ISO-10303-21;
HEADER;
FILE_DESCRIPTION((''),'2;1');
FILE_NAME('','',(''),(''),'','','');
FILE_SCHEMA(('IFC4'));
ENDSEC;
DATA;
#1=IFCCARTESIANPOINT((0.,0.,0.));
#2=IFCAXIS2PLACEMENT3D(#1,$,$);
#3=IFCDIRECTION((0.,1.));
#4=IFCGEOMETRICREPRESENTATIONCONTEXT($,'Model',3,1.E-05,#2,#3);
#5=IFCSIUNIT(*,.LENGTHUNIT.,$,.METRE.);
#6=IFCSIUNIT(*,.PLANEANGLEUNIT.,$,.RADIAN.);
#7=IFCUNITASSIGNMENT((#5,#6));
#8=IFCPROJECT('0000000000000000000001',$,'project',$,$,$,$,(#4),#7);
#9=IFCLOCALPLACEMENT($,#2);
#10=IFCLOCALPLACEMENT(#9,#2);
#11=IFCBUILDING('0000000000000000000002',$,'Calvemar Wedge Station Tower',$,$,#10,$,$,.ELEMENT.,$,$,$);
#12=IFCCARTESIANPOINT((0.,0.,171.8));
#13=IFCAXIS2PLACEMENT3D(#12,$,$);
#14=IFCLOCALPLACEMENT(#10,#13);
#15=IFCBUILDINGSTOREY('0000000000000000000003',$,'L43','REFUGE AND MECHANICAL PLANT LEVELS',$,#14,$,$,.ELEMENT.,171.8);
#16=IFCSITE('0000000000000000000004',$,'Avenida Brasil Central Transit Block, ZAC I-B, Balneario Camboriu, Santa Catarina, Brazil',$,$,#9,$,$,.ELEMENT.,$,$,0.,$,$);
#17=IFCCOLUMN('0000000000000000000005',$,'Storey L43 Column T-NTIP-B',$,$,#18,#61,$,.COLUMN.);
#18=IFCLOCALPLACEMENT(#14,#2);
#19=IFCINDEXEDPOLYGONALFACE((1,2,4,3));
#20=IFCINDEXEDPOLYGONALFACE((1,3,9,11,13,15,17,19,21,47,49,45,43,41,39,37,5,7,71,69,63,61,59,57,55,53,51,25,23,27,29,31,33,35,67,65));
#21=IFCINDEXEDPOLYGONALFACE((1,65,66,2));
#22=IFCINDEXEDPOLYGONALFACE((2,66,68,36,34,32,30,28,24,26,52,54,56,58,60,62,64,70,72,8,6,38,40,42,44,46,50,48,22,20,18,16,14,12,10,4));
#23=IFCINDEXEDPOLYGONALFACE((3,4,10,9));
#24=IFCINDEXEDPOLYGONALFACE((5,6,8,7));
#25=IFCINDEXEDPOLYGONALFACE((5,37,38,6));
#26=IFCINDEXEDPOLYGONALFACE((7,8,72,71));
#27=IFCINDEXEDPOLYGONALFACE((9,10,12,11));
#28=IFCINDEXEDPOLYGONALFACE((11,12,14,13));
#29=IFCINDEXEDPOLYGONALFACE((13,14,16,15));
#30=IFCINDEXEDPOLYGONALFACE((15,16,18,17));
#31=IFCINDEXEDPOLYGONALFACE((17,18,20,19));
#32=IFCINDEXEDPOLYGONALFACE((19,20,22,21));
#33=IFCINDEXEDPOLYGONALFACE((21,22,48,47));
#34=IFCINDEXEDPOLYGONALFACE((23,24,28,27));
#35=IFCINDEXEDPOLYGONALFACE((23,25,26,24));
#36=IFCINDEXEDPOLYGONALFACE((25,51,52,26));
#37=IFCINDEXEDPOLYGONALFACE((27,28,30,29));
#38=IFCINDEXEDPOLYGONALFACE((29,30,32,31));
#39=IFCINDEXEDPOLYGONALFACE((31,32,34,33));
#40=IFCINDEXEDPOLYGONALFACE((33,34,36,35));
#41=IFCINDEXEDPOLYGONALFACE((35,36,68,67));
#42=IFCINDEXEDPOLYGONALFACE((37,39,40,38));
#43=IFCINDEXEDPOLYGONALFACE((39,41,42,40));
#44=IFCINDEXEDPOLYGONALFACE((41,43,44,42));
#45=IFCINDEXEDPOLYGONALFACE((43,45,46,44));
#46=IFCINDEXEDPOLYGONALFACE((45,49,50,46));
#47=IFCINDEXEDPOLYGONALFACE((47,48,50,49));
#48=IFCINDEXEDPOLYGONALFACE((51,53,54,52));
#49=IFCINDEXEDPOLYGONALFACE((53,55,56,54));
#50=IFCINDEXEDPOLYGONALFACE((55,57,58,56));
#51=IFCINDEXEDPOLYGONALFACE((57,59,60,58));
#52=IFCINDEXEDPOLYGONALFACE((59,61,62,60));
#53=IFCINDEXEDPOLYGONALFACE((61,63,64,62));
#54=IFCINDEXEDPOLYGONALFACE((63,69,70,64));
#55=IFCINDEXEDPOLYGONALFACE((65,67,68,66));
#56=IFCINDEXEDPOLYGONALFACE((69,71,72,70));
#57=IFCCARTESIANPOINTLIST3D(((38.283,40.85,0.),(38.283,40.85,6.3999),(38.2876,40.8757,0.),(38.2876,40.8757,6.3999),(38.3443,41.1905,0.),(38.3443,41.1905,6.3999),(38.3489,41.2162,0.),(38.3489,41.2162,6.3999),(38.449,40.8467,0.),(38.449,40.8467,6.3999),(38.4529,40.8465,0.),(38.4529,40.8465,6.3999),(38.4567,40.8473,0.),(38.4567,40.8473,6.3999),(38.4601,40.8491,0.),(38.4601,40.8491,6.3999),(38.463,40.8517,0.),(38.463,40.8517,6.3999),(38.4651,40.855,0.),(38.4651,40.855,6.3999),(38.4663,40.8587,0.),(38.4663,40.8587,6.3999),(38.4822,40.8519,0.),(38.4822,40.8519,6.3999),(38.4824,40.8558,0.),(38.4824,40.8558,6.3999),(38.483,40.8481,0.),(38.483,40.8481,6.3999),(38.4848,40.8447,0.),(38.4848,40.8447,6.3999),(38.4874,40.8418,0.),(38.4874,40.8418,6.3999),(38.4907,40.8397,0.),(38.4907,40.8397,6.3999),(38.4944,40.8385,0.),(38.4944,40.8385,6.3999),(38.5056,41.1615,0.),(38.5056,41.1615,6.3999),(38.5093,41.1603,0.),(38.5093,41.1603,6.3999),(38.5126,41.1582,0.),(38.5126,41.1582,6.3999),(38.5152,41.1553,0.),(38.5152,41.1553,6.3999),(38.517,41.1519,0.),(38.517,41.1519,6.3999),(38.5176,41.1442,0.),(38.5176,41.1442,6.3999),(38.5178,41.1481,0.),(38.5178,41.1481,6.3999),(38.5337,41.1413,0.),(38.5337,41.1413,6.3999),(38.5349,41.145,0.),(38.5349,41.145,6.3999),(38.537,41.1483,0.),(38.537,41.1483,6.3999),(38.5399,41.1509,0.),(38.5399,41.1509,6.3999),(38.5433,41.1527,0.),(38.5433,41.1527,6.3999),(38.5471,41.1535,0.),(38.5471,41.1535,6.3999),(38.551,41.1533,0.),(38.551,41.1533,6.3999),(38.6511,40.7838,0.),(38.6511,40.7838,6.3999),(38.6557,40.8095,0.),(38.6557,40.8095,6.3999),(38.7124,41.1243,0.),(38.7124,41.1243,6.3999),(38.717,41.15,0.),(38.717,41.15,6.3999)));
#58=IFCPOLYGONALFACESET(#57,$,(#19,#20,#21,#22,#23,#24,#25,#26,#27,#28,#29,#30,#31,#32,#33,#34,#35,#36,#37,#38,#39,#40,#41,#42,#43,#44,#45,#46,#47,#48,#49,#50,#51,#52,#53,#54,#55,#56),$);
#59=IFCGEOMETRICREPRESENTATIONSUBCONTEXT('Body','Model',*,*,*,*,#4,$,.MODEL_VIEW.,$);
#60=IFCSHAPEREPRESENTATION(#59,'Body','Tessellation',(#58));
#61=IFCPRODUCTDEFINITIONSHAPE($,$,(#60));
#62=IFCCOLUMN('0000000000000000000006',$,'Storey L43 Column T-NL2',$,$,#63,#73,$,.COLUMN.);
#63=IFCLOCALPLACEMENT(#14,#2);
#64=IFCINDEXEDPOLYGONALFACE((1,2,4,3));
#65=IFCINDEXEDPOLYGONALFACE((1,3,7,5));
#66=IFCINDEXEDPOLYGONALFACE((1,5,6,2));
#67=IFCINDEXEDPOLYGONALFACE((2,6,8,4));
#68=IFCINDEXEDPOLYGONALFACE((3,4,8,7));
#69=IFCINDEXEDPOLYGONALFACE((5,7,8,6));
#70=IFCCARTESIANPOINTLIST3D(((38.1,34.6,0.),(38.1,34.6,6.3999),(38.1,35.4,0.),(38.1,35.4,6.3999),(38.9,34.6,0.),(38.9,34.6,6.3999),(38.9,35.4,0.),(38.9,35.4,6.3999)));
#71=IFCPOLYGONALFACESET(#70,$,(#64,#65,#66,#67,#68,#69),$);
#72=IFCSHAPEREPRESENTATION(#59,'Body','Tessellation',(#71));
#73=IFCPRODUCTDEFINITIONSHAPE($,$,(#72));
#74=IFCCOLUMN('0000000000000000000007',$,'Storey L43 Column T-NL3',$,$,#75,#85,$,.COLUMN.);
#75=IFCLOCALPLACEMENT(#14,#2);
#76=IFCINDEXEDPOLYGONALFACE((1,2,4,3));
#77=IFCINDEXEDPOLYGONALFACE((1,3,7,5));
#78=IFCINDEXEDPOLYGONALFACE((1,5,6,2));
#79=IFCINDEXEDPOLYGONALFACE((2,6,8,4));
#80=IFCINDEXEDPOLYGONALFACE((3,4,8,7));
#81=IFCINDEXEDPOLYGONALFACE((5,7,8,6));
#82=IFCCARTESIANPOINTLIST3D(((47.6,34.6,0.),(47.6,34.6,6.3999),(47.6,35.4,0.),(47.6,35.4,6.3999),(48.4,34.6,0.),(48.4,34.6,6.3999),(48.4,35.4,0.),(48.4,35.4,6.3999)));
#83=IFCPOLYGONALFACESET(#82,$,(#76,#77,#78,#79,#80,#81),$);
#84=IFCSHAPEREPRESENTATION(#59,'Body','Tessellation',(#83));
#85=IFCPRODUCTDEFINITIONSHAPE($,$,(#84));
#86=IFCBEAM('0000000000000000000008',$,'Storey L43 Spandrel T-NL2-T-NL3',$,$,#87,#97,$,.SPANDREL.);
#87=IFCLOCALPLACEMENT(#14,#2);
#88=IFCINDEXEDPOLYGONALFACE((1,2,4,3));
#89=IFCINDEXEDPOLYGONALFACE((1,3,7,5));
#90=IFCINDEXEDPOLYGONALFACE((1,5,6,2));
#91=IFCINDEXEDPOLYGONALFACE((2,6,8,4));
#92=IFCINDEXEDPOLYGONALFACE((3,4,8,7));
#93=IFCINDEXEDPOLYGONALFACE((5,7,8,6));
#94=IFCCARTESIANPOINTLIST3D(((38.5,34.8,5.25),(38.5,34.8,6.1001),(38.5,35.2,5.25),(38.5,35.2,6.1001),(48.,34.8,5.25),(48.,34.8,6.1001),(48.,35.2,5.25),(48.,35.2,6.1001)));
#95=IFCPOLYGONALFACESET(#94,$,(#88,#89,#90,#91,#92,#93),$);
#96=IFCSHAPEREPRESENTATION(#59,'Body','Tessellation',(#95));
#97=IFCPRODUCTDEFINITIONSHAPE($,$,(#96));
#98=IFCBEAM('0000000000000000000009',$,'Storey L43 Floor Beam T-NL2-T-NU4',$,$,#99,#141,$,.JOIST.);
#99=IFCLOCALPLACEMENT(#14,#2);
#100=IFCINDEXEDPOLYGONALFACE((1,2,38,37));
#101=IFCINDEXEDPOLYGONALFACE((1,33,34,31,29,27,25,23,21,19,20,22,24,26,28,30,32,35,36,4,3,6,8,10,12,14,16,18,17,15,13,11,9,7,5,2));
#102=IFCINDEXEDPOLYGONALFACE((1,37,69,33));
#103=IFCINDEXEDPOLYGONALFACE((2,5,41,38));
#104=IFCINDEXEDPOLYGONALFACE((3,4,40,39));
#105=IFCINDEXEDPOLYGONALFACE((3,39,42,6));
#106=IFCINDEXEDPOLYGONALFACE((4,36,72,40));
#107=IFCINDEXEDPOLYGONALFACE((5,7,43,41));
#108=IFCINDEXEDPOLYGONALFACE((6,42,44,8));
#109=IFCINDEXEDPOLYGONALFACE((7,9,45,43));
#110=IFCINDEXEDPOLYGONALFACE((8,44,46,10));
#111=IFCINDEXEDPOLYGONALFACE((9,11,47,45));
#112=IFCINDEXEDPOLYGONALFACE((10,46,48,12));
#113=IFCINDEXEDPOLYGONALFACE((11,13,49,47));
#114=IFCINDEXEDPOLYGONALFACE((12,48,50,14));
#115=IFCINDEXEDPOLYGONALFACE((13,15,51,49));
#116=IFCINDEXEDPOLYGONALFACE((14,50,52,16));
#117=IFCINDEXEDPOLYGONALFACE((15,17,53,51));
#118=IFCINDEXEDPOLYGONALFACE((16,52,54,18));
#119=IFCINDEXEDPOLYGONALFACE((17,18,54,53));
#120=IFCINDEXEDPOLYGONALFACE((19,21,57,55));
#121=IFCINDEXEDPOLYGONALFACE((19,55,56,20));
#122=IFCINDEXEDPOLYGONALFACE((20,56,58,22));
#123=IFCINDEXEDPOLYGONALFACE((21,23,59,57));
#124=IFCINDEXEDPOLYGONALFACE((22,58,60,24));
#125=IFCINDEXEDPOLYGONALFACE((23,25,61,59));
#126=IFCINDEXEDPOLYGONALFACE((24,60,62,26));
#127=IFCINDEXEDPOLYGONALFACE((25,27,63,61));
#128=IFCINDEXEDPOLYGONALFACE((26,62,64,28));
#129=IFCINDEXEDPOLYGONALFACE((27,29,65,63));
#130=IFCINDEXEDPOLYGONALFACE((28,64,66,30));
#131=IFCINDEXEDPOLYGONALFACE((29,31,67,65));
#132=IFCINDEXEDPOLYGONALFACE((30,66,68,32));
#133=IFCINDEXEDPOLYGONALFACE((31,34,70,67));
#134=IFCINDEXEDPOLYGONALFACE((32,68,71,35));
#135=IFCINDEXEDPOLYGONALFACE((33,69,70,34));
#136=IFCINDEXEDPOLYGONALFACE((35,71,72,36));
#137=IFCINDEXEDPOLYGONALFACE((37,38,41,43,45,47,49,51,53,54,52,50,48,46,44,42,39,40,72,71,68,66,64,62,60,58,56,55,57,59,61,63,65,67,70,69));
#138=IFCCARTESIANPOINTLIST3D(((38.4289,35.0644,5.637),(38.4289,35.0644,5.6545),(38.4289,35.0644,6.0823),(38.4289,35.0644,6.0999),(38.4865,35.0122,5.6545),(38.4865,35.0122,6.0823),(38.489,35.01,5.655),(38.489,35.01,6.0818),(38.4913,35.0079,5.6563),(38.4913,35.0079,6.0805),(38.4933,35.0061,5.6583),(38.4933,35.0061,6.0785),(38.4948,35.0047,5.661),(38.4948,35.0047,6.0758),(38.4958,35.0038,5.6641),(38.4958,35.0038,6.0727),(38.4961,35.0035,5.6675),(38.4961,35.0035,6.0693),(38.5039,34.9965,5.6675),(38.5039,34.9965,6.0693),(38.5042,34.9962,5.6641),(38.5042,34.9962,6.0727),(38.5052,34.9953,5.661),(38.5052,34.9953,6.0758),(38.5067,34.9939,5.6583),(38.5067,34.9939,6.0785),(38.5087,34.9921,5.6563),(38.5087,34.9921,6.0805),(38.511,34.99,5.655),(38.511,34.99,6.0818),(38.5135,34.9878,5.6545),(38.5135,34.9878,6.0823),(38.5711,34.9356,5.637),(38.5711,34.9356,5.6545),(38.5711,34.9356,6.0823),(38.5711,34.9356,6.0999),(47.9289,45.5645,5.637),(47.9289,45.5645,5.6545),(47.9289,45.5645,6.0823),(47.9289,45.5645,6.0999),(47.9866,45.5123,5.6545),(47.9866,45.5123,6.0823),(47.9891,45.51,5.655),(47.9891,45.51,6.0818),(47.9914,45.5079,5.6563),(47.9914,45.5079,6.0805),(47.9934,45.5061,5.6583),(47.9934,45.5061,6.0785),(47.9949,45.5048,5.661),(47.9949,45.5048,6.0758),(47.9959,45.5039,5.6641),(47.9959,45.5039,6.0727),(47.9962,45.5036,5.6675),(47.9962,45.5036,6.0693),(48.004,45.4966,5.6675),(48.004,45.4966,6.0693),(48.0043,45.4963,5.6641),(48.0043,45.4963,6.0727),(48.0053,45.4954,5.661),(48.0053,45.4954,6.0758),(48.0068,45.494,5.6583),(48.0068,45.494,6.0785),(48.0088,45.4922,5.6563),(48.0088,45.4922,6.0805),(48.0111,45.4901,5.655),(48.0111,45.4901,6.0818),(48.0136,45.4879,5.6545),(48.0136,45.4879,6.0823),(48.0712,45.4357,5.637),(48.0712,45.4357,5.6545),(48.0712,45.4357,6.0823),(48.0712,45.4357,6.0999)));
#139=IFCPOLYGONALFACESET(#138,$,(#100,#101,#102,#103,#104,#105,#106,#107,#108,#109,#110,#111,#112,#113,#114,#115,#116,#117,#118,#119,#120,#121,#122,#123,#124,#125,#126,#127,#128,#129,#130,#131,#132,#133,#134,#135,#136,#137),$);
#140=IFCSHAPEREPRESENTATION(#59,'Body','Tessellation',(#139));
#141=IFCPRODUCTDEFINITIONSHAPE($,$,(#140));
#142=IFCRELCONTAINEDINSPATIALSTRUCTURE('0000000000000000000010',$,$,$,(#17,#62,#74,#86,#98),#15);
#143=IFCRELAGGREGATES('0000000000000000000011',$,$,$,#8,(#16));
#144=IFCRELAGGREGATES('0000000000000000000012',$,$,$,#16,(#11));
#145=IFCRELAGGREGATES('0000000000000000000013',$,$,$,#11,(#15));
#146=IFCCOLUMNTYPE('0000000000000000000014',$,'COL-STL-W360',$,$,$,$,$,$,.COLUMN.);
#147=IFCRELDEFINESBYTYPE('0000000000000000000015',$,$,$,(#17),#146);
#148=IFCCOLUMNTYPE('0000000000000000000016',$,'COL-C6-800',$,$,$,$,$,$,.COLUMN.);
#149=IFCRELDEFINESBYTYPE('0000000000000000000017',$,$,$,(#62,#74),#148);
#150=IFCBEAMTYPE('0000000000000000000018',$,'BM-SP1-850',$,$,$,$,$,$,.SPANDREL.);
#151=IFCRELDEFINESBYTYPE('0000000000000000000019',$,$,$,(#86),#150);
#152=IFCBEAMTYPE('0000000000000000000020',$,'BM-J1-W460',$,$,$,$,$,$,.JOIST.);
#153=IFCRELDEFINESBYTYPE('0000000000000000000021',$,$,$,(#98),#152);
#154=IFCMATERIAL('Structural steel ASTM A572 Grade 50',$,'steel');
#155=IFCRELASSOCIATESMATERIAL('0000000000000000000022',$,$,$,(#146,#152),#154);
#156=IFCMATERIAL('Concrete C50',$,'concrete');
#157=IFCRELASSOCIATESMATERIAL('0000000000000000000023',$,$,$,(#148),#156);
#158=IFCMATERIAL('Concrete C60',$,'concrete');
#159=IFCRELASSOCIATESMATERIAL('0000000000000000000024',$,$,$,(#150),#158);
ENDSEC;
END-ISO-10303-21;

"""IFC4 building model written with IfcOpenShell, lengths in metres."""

from ifc_helpers import new_model, si_unit, direction, frame, origin, origin_2d, place, context, subcontext, project, spatial, rectangle, i_section, extrude, source, transform, mapped, material, material_profile, profile_set, type_object, element, save


model = new_model("IFC4")

# Units and contexts
model_context = context("Model", 3, precision=1e-05, world=origin(), true_north=direction((0.0, 1.0)))
body_context = subcontext(model_context, "Body", "Model", "MODEL_VIEW")
ifc_project = project(units=[si_unit("LENGTHUNIT", "METRE"), si_unit("PLANEANGLEUNIT", "RADIAN")], contexts=[model_context])

# Site, building, storey
site_placement = place(None, origin())
site = spatial("IfcSite", under=ifc_project, at=site_placement, Name="Avenida Brasil Central Transit Block, ZAC I-B, Balneario Camboriu, Santa Catarina, Brazil", CompositionType="ELEMENT", RefElevation=0.0)
building_placement = place(site_placement, origin())
building = spatial("IfcBuilding", under=site, at=building_placement, Name="Calvemar Wedge Station Tower", CompositionType="ELEMENT")
storey_placement = place(building_placement, frame((0.0, 0.0, 171.8)))
storey = spatial("IfcBuildingStorey", under=building, at=storey_placement, Name="L43", Description="REFUGE AND MECHANICAL PLANT LEVELS", CompositionType="ELEMENT", Elevation=171.8)

# Columns
ifc_material_1 = material(Name="Structural steel ASTM A572 Grade 50", Category="steel")
ifc_material_profile_1 = material_profile(ifc_material_1, i_section(OverallWidth=0.374, OverallDepth=0.3721, WebThickness=0.0164, FlangeThickness=0.0261, FilletRadius=0.0149, at=origin_2d()), Name="W360x196")
ifc_profile_set_1 = profile_set([ifc_material_profile_1], Name="Structural steel ASTM A572 Grade 50")
column_type_1 = type_object("IfcColumnType", Name="COL-STL-W360", PredefinedType="COLUMN", material=ifc_profile_set_1)
shared_shape_1 = source(origin(), body_context, "Body", "SweptSolid", [
    extrude(i_section(OverallWidth=0.374, OverallDepth=0.3721, WebThickness=0.0164, FlangeThickness=0.0261, FilletRadius=0.0149, at=origin_2d()), origin(), (0.0, 0.0, 1.0), 6.3999),
])
column_placement = place(storey_placement, frame((38.5, 41.0, 0.0), z_axis=(0.0, 0.0, 1.0), x_axis=(0.984196, -0.177085, 0.0)))
element("IfcColumn", 1, at=column_placement, inside=storey, type_object=column_type_1, Name="Storey L43 Column T-NTIP-B", PredefinedType="COLUMN", context=body_context, shape_type="MappedRepresentation", body=[
    mapped(shared_shape_1, transform((0.0, 0.0, 0.0), scale=1.0)),
])
ifc_material_2 = material(Name="Concrete C50", Category="concrete")
ifc_material_profile_2 = material_profile(ifc_material_2, rectangle(XDim=0.8, YDim=0.8, at=origin_2d()), Name="RC800x800")
ifc_profile_set_2 = profile_set([ifc_material_profile_2], Name="Concrete C50")
column_type_2 = type_object("IfcColumnType", Name="COL-C6-800", PredefinedType="COLUMN", material=ifc_profile_set_2)
shared_shape_2 = source(origin(), body_context, "Body", "SweptSolid", [
    extrude(rectangle(XDim=0.8, YDim=0.8, at=origin_2d()), origin(), (0.0, 0.0, 1.0), 6.3999),
])
for number, where, z_axis, x_axis, name in (
    (2, (38.5, 35.0, 0.0), (0.0, 0.0, 1.0), (1.0, 0.0, 0.0), "Storey L43 Column T-NL2"),
    (3, (48.0, 35.0, 0.0), (0.0, 0.0, 1.0), (1.0, 0.0, 0.0), "Storey L43 Column T-NL3"),
):
    element("IfcColumn", number, at=place(storey_placement, frame(where, z_axis=z_axis, x_axis=x_axis)), inside=storey, type_object=column_type_2, Name=name, PredefinedType="COLUMN", context=body_context, shape_type="MappedRepresentation", body=[
        mapped(shared_shape_2, transform((0.0, 0.0, 0.0), scale=1.0)),
    ])

# Beams
ifc_material_3 = material(Name="Concrete C60", Category="concrete")
ifc_material_profile_3 = material_profile(ifc_material_3, rectangle(XDim=0.3999, YDim=0.8501, at=origin_2d()), Name="RC400x850")
ifc_profile_set_3 = profile_set([ifc_material_profile_3], Name="Concrete C60")
beam_type_1 = type_object("IfcBeamType", Name="BM-SP1-850", PredefinedType="SPANDREL", material=ifc_profile_set_3)
shared_shape_3 = source(origin(), body_context, "Body", "SweptSolid", [
    extrude(rectangle(XDim=0.3999, YDim=0.8501, at=origin_2d()), origin(), (0.0, 0.0, 1.0), 9.5),
])
beam_1_placement = place(storey_placement, frame((38.5, 35.0, 5.675), z_axis=(1.0, 0.0, 0.0), x_axis=(0.0, 1.0, 0.0)))
element("IfcBeam", 4, at=beam_1_placement, inside=storey, type_object=beam_type_1, Name="Storey L43 Spandrel T-NL2-T-NL3", PredefinedType="SPANDREL", context=body_context, shape_type="MappedRepresentation", body=[
    mapped(shared_shape_3, transform((0.0, 0.0, 0.0), scale=1.0)),
])
ifc_material_profile_4 = material_profile(ifc_material_1, i_section(OverallWidth=0.1919, OverallDepth=0.4629, WebThickness=0.0105, FlangeThickness=0.0176, FilletRadius=0.0129, at=origin_2d()), Name="W460x89")
ifc_profile_set_4 = profile_set([ifc_material_profile_4], Name="Structural steel ASTM A572 Grade 50")
beam_type_2 = type_object("IfcBeamType", Name="BM-J1-W460", PredefinedType="JOIST", material=ifc_profile_set_4)
shared_shape_4 = source(origin(), body_context, "Body", "SweptSolid", [
    extrude(i_section(OverallWidth=0.1919, OverallDepth=0.4629, WebThickness=0.0105, FlangeThickness=0.0176, FilletRadius=0.0129, at=origin_2d()), origin(), (0.0, 0.0, 1.0), 14.1599),
])
beam_2_placement = place(storey_placement, frame((38.5, 35.0, 5.8684), z_axis=(0.670913, 0.741536, 0.0), x_axis=(-0.741536, 0.670913, 0.0)))
element("IfcBeam", 5, at=beam_2_placement, inside=storey, type_object=beam_type_2, Name="Storey L43 Floor Beam T-NL2-T-NU4", PredefinedType="JOIST", context=body_context, shape_type="MappedRepresentation", body=[
    mapped(shared_shape_4, transform((0.0, 0.0, 0.0), scale=1.0)),
])

save(model, "model.ifc")
